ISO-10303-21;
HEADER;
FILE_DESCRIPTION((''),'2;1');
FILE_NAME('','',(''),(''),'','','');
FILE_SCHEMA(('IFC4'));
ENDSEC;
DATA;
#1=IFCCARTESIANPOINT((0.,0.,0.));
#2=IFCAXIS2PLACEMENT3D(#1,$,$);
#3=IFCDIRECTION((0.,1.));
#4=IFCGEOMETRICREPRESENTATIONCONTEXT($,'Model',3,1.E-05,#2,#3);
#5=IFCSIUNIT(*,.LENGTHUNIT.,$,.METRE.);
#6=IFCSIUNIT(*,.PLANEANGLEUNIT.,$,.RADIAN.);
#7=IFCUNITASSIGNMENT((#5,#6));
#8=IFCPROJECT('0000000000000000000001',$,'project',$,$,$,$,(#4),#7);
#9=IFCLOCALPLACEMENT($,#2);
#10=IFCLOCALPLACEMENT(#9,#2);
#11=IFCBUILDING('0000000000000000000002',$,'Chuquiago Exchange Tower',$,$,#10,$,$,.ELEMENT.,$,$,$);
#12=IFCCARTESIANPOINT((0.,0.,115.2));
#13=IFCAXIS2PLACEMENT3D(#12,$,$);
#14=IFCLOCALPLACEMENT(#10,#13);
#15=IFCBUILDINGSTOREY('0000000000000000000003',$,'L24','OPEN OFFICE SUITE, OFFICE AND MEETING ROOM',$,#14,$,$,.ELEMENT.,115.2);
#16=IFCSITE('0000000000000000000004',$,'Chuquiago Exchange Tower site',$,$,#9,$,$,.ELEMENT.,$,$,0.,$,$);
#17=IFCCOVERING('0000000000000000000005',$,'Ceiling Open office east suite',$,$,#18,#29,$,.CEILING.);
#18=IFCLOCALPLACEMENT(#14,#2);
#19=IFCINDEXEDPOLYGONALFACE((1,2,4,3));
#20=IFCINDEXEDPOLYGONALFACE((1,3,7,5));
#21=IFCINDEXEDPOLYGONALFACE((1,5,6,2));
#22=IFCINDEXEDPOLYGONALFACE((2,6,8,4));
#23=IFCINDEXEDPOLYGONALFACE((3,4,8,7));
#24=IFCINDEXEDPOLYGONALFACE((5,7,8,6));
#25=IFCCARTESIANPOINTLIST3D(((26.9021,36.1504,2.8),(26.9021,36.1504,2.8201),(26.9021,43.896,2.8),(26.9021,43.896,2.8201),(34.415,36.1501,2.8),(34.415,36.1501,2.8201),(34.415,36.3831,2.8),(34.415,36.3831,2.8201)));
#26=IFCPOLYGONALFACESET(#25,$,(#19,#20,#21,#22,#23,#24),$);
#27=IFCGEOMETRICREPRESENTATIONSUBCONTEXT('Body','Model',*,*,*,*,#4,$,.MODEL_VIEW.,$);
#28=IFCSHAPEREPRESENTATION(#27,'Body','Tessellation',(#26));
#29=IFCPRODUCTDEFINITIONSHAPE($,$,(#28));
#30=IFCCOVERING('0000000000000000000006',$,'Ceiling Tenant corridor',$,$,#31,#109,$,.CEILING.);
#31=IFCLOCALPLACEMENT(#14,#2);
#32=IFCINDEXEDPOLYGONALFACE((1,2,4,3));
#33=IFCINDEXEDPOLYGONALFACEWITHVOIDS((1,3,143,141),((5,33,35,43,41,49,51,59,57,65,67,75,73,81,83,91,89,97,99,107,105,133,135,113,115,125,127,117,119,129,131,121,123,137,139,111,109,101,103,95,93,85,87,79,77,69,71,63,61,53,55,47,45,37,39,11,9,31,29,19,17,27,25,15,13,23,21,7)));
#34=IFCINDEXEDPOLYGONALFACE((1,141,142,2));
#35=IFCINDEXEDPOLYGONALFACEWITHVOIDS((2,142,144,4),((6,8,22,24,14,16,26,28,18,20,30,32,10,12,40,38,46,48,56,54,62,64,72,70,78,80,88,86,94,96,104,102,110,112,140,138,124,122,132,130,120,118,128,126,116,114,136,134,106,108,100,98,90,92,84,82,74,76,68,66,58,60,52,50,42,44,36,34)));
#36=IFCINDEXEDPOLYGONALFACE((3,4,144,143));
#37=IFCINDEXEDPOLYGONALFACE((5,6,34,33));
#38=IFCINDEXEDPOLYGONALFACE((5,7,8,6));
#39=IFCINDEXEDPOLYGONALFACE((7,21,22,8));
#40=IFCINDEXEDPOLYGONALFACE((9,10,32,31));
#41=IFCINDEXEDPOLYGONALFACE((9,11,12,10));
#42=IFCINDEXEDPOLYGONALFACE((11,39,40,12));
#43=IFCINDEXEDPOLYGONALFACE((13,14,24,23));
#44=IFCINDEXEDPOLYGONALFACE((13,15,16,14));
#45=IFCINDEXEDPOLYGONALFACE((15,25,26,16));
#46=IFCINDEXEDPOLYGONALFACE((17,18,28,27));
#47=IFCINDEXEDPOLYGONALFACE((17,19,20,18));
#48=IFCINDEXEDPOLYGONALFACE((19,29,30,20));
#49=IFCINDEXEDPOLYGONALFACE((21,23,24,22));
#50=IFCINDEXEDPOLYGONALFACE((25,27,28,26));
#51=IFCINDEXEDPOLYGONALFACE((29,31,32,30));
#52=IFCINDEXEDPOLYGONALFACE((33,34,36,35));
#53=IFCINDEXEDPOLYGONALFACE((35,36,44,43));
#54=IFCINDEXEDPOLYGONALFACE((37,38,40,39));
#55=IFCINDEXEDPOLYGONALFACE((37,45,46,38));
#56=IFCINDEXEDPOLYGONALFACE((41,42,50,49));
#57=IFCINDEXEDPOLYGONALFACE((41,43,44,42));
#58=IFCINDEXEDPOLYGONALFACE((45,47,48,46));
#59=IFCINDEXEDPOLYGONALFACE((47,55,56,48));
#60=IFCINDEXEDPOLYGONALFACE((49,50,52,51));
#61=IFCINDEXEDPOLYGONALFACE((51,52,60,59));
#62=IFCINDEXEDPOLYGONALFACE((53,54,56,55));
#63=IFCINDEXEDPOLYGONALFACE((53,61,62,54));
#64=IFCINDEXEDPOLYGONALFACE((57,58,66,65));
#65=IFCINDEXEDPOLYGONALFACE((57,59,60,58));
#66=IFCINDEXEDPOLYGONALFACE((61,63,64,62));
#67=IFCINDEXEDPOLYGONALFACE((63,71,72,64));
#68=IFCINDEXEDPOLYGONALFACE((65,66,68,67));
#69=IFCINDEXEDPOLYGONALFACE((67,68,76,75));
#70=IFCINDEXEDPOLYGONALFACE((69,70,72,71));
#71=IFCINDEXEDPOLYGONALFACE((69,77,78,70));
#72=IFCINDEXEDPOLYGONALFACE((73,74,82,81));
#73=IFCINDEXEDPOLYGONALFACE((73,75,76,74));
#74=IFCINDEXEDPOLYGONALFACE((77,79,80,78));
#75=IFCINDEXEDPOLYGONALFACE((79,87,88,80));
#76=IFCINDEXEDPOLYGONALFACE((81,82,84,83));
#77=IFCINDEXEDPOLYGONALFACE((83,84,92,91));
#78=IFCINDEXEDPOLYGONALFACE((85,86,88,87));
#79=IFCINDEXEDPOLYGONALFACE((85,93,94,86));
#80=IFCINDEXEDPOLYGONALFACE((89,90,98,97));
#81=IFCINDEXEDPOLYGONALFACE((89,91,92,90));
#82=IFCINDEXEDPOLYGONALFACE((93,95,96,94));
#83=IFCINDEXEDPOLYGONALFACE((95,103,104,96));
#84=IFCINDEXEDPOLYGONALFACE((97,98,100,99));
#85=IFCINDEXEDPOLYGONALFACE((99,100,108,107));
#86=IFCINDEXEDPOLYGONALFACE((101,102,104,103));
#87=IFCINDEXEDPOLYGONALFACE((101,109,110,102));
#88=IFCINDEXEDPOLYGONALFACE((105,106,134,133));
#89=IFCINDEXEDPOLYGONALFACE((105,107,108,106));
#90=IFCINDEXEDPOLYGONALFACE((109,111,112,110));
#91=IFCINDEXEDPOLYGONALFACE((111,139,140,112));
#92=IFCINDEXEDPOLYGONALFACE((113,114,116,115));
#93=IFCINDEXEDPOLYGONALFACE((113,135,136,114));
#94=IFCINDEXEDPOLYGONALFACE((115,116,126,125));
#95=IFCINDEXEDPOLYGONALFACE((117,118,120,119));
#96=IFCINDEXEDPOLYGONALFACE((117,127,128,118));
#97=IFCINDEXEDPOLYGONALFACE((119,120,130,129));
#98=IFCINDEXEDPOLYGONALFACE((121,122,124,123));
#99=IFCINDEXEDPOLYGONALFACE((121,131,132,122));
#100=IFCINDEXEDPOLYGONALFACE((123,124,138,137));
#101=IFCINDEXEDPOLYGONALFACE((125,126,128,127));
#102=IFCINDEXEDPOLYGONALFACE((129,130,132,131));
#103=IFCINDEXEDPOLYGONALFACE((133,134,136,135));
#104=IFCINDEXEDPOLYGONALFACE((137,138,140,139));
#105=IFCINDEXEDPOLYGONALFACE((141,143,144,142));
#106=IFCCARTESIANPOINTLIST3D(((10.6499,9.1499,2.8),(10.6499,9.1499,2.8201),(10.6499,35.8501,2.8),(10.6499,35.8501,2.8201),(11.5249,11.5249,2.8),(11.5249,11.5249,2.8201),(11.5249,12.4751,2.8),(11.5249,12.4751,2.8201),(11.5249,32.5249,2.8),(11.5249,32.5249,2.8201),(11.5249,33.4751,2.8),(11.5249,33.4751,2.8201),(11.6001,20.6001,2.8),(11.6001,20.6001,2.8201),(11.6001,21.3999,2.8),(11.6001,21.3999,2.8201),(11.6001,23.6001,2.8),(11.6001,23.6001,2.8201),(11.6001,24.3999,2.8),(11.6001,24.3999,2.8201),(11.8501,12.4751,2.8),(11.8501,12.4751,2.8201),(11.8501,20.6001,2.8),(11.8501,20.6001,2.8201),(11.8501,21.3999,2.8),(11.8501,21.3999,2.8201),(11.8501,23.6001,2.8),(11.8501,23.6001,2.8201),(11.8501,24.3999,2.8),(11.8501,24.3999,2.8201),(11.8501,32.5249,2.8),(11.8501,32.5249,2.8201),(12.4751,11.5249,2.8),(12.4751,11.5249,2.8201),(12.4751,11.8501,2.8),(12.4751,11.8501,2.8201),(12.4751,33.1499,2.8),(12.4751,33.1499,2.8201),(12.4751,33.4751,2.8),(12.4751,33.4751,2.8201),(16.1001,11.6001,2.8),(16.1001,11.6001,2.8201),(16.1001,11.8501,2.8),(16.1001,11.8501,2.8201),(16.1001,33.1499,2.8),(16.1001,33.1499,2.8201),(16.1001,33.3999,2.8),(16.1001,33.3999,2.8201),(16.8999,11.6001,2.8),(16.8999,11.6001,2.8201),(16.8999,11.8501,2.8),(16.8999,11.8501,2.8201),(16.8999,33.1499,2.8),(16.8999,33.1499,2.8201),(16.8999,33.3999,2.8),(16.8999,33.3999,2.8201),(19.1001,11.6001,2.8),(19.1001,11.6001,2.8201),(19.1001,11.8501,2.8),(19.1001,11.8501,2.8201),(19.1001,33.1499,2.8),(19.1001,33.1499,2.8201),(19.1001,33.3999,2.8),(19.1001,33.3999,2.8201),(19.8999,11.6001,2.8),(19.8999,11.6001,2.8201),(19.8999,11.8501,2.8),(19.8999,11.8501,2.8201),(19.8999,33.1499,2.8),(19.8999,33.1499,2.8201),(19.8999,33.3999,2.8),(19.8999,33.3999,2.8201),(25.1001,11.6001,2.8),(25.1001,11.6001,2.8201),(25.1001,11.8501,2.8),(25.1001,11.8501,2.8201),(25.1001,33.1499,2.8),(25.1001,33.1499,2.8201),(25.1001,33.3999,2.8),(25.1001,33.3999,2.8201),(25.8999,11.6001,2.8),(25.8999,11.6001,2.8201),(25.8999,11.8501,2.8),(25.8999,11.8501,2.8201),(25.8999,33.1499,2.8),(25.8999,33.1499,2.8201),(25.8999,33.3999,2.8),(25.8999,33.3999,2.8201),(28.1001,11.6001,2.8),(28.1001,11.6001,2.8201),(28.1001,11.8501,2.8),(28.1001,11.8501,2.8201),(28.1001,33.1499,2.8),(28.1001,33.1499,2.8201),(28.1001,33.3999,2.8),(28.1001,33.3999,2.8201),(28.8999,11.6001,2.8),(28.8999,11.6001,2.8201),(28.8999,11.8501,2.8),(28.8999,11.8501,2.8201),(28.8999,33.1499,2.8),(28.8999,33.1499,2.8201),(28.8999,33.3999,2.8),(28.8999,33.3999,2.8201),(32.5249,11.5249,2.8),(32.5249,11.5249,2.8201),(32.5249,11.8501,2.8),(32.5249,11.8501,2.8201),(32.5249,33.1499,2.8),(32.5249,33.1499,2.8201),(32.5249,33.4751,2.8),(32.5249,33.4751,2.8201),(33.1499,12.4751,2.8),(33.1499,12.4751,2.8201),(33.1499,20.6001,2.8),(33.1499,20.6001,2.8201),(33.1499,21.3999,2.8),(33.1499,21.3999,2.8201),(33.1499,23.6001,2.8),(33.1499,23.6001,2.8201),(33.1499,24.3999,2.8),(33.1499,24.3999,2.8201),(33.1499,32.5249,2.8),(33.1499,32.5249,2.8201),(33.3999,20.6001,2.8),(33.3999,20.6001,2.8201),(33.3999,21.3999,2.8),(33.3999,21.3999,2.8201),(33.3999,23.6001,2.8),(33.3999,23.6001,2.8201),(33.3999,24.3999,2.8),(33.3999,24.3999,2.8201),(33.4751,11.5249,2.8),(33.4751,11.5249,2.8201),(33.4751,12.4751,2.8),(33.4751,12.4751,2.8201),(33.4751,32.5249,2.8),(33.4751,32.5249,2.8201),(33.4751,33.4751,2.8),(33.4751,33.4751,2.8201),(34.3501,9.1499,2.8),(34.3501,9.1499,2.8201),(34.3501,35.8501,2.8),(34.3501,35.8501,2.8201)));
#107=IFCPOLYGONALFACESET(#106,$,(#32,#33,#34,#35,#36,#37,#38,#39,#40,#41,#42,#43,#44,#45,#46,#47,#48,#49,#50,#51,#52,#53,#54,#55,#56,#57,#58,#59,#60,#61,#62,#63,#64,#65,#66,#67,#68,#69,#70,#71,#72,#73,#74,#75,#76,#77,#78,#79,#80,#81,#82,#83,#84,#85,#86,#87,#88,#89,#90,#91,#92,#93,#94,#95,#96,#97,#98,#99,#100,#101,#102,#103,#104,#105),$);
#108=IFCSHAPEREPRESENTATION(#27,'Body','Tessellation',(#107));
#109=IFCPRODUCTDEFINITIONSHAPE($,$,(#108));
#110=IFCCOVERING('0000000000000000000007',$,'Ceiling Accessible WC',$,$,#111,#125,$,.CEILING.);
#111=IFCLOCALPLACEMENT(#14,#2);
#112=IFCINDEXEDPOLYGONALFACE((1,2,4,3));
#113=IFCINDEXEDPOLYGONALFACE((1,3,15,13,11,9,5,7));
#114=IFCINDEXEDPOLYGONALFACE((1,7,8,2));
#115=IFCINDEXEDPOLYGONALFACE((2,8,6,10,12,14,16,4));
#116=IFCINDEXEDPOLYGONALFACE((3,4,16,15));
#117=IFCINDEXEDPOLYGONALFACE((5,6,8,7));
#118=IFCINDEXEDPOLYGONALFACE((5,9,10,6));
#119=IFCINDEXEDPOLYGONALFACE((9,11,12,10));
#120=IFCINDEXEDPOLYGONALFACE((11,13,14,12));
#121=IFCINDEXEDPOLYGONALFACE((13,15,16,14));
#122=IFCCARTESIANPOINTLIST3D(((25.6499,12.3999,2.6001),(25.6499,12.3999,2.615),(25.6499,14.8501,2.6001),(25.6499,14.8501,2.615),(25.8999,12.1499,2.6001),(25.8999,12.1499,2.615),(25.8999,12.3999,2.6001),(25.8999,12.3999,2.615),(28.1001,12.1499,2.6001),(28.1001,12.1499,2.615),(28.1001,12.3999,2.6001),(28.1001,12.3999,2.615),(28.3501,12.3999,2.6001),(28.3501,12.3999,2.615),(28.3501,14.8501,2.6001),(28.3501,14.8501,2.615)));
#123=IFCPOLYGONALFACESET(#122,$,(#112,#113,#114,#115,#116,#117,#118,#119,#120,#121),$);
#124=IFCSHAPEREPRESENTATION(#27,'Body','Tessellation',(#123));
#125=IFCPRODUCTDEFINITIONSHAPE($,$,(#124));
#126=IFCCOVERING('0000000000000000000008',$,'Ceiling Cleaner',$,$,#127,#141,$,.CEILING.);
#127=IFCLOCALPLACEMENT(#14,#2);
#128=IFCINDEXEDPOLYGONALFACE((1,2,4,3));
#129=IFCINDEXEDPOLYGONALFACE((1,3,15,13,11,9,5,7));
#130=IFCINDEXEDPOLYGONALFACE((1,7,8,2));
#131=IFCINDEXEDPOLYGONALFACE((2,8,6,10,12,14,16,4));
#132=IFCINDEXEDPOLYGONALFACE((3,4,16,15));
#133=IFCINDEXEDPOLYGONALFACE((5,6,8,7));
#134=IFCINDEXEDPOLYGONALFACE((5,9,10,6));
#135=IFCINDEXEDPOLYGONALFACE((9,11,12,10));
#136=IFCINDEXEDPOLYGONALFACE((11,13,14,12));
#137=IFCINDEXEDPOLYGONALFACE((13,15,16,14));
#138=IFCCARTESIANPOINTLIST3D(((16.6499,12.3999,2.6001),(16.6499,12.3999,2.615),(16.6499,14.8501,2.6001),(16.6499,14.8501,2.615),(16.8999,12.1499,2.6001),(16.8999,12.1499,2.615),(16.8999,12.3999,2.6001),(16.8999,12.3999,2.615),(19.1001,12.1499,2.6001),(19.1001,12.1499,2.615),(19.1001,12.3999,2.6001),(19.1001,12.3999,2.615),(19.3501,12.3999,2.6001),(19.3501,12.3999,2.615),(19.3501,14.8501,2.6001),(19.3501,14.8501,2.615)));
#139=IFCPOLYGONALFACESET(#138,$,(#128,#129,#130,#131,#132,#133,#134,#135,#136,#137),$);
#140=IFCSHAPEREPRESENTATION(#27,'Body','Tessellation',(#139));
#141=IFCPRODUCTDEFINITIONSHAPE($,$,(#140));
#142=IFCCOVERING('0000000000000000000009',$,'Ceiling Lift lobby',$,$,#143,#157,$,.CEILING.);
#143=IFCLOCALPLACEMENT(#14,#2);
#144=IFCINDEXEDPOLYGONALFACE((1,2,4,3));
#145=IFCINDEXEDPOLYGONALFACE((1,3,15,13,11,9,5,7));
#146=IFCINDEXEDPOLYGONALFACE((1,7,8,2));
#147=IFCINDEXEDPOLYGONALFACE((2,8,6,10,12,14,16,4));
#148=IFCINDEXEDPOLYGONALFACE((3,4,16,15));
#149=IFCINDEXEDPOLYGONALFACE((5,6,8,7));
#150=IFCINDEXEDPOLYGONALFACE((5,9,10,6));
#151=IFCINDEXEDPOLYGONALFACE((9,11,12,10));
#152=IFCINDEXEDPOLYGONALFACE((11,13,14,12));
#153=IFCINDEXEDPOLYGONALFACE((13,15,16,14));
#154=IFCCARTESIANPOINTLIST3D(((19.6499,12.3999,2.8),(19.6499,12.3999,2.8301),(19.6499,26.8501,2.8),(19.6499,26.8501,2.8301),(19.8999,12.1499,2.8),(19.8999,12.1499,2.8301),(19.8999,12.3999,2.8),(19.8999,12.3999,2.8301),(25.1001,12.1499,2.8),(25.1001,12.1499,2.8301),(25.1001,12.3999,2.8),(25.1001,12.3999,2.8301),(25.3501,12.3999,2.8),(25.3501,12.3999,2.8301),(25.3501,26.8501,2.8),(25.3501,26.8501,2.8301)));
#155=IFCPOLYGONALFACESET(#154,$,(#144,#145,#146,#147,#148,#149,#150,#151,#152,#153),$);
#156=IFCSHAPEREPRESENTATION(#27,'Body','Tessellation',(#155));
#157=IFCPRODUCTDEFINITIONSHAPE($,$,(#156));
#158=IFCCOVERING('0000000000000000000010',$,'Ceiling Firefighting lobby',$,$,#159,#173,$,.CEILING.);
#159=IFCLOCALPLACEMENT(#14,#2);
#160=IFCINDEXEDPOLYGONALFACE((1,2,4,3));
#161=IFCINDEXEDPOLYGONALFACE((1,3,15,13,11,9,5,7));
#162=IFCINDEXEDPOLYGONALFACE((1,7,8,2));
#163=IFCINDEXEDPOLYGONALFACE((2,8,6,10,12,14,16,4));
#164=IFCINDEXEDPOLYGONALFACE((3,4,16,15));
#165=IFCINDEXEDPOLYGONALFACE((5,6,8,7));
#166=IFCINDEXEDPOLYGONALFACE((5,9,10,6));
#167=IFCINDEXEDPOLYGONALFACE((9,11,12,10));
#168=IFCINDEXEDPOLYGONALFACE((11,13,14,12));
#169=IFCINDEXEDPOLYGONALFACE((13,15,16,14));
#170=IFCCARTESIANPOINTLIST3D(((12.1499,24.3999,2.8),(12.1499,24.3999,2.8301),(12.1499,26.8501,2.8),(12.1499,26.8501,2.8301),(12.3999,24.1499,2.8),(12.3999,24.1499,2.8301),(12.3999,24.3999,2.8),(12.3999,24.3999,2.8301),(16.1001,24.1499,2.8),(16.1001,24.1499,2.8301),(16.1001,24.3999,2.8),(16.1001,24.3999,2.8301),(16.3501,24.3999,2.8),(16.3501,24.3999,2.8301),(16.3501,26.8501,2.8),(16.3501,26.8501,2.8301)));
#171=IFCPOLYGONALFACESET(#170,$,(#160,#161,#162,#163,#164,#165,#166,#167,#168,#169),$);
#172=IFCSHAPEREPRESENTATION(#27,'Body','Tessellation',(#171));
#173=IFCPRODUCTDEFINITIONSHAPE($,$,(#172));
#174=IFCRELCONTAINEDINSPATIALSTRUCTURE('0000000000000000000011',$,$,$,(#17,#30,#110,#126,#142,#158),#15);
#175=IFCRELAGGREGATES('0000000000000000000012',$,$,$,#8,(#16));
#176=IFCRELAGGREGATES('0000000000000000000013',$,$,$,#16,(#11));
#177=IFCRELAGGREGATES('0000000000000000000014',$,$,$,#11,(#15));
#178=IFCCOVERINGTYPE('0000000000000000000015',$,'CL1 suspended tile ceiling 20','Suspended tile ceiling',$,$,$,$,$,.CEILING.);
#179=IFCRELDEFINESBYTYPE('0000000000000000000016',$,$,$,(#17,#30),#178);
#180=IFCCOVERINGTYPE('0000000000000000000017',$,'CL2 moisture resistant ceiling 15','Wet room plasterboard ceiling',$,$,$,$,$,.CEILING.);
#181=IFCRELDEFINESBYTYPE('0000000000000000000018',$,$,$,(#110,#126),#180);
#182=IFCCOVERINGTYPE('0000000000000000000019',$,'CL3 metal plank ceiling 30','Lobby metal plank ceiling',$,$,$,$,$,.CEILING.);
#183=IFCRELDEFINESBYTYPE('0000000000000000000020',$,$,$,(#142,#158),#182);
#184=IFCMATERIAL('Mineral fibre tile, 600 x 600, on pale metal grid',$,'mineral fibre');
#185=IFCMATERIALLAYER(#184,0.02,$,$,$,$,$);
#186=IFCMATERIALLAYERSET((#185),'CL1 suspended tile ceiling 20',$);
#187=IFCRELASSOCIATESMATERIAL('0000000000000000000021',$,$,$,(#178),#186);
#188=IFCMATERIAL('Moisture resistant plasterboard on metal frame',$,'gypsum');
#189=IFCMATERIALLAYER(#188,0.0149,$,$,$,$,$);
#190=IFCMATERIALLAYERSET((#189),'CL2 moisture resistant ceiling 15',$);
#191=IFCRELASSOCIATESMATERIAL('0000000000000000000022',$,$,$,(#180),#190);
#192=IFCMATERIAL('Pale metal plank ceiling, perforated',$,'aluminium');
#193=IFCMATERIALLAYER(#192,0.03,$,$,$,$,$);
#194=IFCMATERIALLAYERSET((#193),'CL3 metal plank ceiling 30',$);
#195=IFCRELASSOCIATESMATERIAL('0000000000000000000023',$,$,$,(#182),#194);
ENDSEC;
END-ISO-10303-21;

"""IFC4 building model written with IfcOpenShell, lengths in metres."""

from ifc_helpers import new_model, si_unit, direction, frame, origin, place, context, subcontext, project, spatial, polyline, outline, extrude, material, layer, layer_set, type_object, element, save


model = new_model("IFC4")

# Units and contexts
model_context = context("Model", 3, precision=1e-05, world=origin(), true_north=direction((0.0, 1.0)))
body_context = subcontext(model_context, "Body", "Model", "MODEL_VIEW")
ifc_project = project(units=[si_unit("LENGTHUNIT", "METRE"), si_unit("PLANEANGLEUNIT", "RADIAN")], contexts=[model_context])

# Site, building, storey
site_placement = place(None, origin())
site = spatial("IfcSite", under=ifc_project, at=site_placement, Name="Chuquiago Exchange Tower site", CompositionType="ELEMENT", RefElevation=0.0)
building_placement = place(site_placement, origin())
building = spatial("IfcBuilding", under=site, at=building_placement, Name="Chuquiago Exchange Tower", CompositionType="ELEMENT")
storey_placement = place(building_placement, frame((0.0, 0.0, 115.2)))
storey = spatial("IfcBuildingStorey", under=building, at=storey_placement, Name="L24", Description="OPEN OFFICE SUITE, OFFICE AND MEETING ROOM", CompositionType="ELEMENT", Elevation=115.2)

# Coverings
ifc_material_1 = material(Name="Mineral fibre tile, 600 x 600, on pale metal grid", Category="mineral fibre")
ifc_layer_1 = layer(ifc_material_1, 0.02)
ifc_layer_set_1 = layer_set([ifc_layer_1], Name="CL1 suspended tile ceiling 20")
covering_type_1 = type_object("IfcCoveringType", Name="CL1 suspended tile ceiling 20", Description="Suspended tile ceiling", PredefinedType="CEILING", material=ifc_layer_set_1)
covering_1_placement = place(storey_placement, frame((0.0, 0.0, 2.8)))
element("IfcCovering", 1, at=covering_1_placement, inside=storey, type_object=covering_type_1, Name="Ceiling Open office east suite", PredefinedType="CEILING", context=body_context, shape_type="SweptSolid", body=[
    extrude(outline(polyline([(26.9021, 36.1504), (26.9021, 43.896), (34.415, 36.3831), (34.415, 36.1501), (26.9021, 36.1504)])), origin(), (0.0, 0.0, 1.0), 0.02),
])
covering_2_placement = place(storey_placement, frame((0.0, 0.0, 2.8)))
element("IfcCovering", 2, at=covering_2_placement, inside=storey, type_object=covering_type_1, Name="Ceiling Tenant corridor", PredefinedType="CEILING", context=body_context, shape_type="SweptSolid", body=[
    extrude(outline(polyline([(10.6499, 35.8501), (34.3501, 35.8501), (34.3501, 9.1499), (10.6499, 9.1499), (10.6499, 35.8501)]), holes=[polyline([(11.8501, 24.3999), (11.6001, 24.3999), (11.6001, 23.6001), (11.8501, 23.6001), (11.8501, 21.3999), (11.6001, 21.3999), (11.6001, 20.6001), (11.8501, 20.6001), (11.8501, 12.4751), (11.5249, 12.4751), (11.5249, 11.5249), (12.4751, 11.5249), (12.4751, 11.8501), (16.1001, 11.8501), (16.1001, 11.6001), (16.8999, 11.6001), (16.8999, 11.8501), (19.1001, 11.8501), (19.1001, 11.6001), (19.8999, 11.6001), (19.8999, 11.8501), (25.1001, 11.8501), (25.1001, 11.6001), (25.8999, 11.6001), (25.8999, 11.8501), (28.1001, 11.8501), (28.1001, 11.6001), (28.8999, 11.6001), (28.8999, 11.8501), (32.5249, 11.8501), (32.5249, 11.5249), (33.4751, 11.5249), (33.4751, 12.4751), (33.1499, 12.4751), (33.1499, 20.6001), (33.3999, 20.6001), (33.3999, 21.3999), (33.1499, 21.3999), (33.1499, 23.6001), (33.3999, 23.6001), (33.3999, 24.3999), (33.1499, 24.3999), (33.1499, 32.5249), (33.4751, 32.5249), (33.4751, 33.4751), (32.5249, 33.4751), (32.5249, 33.1499), (28.8999, 33.1499), (28.8999, 33.3999), (28.1001, 33.3999), (28.1001, 33.1499), (25.8999, 33.1499), (25.8999, 33.3999), (25.1001, 33.3999), (25.1001, 33.1499), (19.8999, 33.1499), (19.8999, 33.3999), (19.1001, 33.3999), (19.1001, 33.1499), (16.8999, 33.1499), (16.8999, 33.3999), (16.1001, 33.3999), (16.1001, 33.1499), (12.4751, 33.1499), (12.4751, 33.4751), (11.5249, 33.4751), (11.5249, 32.5249), (11.8501, 32.5249), (11.8501, 24.3999)])]), origin(), (0.0, 0.0, 1.0), 0.02),
])
ifc_material_2 = material(Name="Moisture resistant plasterboard on metal frame", Category="gypsum")
ifc_layer_2 = layer(ifc_material_2, 0.0149)
ifc_layer_set_2 = layer_set([ifc_layer_2], Name="CL2 moisture resistant ceiling 15")
covering_type_2 = type_object("IfcCoveringType", Name="CL2 moisture resistant ceiling 15", Description="Wet room plasterboard ceiling", PredefinedType="CEILING", material=ifc_layer_set_2)
covering_3_placement = place(storey_placement, frame((0.0, 0.0, 2.6001)))
element("IfcCovering", 3, at=covering_3_placement, inside=storey, type_object=covering_type_2, Name="Ceiling Accessible WC", PredefinedType="CEILING", context=body_context, shape_type="SweptSolid", body=[
    extrude(outline(polyline([(25.8999, 12.1499), (25.8999, 12.3999), (25.6499, 12.3999), (25.6499, 14.8501), (28.3501, 14.8501), (28.3501, 12.3999), (28.1001, 12.3999), (28.1001, 12.1499), (25.8999, 12.1499)])), origin(), (0.0, 0.0, 1.0), 0.0149),
])
covering_4_placement = place(storey_placement, frame((0.0, 0.0, 2.6001)))
element("IfcCovering", 4, at=covering_4_placement, inside=storey, type_object=covering_type_2, Name="Ceiling Cleaner", PredefinedType="CEILING", context=body_context, shape_type="SweptSolid", body=[
    extrude(outline(polyline([(16.8999, 12.1499), (16.8999, 12.3999), (16.6499, 12.3999), (16.6499, 14.8501), (19.3501, 14.8501), (19.3501, 12.3999), (19.1001, 12.3999), (19.1001, 12.1499), (16.8999, 12.1499)])), origin(), (0.0, 0.0, 1.0), 0.0149),
])
ifc_material_3 = material(Name="Pale metal plank ceiling, perforated", Category="aluminium")
ifc_layer_3 = layer(ifc_material_3, 0.03)
ifc_layer_set_3 = layer_set([ifc_layer_3], Name="CL3 metal plank ceiling 30")
covering_type_3 = type_object("IfcCoveringType", Name="CL3 metal plank ceiling 30", Description="Lobby metal plank ceiling", PredefinedType="CEILING", material=ifc_layer_set_3)
covering_5_placement = place(storey_placement, frame((0.0, 0.0, 2.8)))
element("IfcCovering", 5, at=covering_5_placement, inside=storey, type_object=covering_type_3, Name="Ceiling Lift lobby", PredefinedType="CEILING", context=body_context, shape_type="SweptSolid", body=[
    extrude(outline(polyline([(19.8999, 12.1499), (19.8999, 12.3999), (19.6499, 12.3999), (19.6499, 26.8501), (25.3501, 26.8501), (25.3501, 12.3999), (25.1001, 12.3999), (25.1001, 12.1499), (19.8999, 12.1499)])), origin(), (0.0, 0.0, 1.0), 0.03),
])
covering_6_placement = place(storey_placement, frame((0.0, 0.0, 2.8)))
element("IfcCovering", 6, at=covering_6_placement, inside=storey, type_object=covering_type_3, Name="Ceiling Firefighting lobby", PredefinedType="CEILING", context=body_context, shape_type="SweptSolid", body=[
    extrude(outline(polyline([(12.3999, 24.1499), (12.3999, 24.3999), (12.1499, 24.3999), (12.1499, 26.8501), (16.3501, 26.8501), (16.3501, 24.3999), (16.1001, 24.3999), (16.1001, 24.1499), (12.3999, 24.1499)])), origin(), (0.0, 0.0, 1.0), 0.03),
])

save(model, "model.ifc")
